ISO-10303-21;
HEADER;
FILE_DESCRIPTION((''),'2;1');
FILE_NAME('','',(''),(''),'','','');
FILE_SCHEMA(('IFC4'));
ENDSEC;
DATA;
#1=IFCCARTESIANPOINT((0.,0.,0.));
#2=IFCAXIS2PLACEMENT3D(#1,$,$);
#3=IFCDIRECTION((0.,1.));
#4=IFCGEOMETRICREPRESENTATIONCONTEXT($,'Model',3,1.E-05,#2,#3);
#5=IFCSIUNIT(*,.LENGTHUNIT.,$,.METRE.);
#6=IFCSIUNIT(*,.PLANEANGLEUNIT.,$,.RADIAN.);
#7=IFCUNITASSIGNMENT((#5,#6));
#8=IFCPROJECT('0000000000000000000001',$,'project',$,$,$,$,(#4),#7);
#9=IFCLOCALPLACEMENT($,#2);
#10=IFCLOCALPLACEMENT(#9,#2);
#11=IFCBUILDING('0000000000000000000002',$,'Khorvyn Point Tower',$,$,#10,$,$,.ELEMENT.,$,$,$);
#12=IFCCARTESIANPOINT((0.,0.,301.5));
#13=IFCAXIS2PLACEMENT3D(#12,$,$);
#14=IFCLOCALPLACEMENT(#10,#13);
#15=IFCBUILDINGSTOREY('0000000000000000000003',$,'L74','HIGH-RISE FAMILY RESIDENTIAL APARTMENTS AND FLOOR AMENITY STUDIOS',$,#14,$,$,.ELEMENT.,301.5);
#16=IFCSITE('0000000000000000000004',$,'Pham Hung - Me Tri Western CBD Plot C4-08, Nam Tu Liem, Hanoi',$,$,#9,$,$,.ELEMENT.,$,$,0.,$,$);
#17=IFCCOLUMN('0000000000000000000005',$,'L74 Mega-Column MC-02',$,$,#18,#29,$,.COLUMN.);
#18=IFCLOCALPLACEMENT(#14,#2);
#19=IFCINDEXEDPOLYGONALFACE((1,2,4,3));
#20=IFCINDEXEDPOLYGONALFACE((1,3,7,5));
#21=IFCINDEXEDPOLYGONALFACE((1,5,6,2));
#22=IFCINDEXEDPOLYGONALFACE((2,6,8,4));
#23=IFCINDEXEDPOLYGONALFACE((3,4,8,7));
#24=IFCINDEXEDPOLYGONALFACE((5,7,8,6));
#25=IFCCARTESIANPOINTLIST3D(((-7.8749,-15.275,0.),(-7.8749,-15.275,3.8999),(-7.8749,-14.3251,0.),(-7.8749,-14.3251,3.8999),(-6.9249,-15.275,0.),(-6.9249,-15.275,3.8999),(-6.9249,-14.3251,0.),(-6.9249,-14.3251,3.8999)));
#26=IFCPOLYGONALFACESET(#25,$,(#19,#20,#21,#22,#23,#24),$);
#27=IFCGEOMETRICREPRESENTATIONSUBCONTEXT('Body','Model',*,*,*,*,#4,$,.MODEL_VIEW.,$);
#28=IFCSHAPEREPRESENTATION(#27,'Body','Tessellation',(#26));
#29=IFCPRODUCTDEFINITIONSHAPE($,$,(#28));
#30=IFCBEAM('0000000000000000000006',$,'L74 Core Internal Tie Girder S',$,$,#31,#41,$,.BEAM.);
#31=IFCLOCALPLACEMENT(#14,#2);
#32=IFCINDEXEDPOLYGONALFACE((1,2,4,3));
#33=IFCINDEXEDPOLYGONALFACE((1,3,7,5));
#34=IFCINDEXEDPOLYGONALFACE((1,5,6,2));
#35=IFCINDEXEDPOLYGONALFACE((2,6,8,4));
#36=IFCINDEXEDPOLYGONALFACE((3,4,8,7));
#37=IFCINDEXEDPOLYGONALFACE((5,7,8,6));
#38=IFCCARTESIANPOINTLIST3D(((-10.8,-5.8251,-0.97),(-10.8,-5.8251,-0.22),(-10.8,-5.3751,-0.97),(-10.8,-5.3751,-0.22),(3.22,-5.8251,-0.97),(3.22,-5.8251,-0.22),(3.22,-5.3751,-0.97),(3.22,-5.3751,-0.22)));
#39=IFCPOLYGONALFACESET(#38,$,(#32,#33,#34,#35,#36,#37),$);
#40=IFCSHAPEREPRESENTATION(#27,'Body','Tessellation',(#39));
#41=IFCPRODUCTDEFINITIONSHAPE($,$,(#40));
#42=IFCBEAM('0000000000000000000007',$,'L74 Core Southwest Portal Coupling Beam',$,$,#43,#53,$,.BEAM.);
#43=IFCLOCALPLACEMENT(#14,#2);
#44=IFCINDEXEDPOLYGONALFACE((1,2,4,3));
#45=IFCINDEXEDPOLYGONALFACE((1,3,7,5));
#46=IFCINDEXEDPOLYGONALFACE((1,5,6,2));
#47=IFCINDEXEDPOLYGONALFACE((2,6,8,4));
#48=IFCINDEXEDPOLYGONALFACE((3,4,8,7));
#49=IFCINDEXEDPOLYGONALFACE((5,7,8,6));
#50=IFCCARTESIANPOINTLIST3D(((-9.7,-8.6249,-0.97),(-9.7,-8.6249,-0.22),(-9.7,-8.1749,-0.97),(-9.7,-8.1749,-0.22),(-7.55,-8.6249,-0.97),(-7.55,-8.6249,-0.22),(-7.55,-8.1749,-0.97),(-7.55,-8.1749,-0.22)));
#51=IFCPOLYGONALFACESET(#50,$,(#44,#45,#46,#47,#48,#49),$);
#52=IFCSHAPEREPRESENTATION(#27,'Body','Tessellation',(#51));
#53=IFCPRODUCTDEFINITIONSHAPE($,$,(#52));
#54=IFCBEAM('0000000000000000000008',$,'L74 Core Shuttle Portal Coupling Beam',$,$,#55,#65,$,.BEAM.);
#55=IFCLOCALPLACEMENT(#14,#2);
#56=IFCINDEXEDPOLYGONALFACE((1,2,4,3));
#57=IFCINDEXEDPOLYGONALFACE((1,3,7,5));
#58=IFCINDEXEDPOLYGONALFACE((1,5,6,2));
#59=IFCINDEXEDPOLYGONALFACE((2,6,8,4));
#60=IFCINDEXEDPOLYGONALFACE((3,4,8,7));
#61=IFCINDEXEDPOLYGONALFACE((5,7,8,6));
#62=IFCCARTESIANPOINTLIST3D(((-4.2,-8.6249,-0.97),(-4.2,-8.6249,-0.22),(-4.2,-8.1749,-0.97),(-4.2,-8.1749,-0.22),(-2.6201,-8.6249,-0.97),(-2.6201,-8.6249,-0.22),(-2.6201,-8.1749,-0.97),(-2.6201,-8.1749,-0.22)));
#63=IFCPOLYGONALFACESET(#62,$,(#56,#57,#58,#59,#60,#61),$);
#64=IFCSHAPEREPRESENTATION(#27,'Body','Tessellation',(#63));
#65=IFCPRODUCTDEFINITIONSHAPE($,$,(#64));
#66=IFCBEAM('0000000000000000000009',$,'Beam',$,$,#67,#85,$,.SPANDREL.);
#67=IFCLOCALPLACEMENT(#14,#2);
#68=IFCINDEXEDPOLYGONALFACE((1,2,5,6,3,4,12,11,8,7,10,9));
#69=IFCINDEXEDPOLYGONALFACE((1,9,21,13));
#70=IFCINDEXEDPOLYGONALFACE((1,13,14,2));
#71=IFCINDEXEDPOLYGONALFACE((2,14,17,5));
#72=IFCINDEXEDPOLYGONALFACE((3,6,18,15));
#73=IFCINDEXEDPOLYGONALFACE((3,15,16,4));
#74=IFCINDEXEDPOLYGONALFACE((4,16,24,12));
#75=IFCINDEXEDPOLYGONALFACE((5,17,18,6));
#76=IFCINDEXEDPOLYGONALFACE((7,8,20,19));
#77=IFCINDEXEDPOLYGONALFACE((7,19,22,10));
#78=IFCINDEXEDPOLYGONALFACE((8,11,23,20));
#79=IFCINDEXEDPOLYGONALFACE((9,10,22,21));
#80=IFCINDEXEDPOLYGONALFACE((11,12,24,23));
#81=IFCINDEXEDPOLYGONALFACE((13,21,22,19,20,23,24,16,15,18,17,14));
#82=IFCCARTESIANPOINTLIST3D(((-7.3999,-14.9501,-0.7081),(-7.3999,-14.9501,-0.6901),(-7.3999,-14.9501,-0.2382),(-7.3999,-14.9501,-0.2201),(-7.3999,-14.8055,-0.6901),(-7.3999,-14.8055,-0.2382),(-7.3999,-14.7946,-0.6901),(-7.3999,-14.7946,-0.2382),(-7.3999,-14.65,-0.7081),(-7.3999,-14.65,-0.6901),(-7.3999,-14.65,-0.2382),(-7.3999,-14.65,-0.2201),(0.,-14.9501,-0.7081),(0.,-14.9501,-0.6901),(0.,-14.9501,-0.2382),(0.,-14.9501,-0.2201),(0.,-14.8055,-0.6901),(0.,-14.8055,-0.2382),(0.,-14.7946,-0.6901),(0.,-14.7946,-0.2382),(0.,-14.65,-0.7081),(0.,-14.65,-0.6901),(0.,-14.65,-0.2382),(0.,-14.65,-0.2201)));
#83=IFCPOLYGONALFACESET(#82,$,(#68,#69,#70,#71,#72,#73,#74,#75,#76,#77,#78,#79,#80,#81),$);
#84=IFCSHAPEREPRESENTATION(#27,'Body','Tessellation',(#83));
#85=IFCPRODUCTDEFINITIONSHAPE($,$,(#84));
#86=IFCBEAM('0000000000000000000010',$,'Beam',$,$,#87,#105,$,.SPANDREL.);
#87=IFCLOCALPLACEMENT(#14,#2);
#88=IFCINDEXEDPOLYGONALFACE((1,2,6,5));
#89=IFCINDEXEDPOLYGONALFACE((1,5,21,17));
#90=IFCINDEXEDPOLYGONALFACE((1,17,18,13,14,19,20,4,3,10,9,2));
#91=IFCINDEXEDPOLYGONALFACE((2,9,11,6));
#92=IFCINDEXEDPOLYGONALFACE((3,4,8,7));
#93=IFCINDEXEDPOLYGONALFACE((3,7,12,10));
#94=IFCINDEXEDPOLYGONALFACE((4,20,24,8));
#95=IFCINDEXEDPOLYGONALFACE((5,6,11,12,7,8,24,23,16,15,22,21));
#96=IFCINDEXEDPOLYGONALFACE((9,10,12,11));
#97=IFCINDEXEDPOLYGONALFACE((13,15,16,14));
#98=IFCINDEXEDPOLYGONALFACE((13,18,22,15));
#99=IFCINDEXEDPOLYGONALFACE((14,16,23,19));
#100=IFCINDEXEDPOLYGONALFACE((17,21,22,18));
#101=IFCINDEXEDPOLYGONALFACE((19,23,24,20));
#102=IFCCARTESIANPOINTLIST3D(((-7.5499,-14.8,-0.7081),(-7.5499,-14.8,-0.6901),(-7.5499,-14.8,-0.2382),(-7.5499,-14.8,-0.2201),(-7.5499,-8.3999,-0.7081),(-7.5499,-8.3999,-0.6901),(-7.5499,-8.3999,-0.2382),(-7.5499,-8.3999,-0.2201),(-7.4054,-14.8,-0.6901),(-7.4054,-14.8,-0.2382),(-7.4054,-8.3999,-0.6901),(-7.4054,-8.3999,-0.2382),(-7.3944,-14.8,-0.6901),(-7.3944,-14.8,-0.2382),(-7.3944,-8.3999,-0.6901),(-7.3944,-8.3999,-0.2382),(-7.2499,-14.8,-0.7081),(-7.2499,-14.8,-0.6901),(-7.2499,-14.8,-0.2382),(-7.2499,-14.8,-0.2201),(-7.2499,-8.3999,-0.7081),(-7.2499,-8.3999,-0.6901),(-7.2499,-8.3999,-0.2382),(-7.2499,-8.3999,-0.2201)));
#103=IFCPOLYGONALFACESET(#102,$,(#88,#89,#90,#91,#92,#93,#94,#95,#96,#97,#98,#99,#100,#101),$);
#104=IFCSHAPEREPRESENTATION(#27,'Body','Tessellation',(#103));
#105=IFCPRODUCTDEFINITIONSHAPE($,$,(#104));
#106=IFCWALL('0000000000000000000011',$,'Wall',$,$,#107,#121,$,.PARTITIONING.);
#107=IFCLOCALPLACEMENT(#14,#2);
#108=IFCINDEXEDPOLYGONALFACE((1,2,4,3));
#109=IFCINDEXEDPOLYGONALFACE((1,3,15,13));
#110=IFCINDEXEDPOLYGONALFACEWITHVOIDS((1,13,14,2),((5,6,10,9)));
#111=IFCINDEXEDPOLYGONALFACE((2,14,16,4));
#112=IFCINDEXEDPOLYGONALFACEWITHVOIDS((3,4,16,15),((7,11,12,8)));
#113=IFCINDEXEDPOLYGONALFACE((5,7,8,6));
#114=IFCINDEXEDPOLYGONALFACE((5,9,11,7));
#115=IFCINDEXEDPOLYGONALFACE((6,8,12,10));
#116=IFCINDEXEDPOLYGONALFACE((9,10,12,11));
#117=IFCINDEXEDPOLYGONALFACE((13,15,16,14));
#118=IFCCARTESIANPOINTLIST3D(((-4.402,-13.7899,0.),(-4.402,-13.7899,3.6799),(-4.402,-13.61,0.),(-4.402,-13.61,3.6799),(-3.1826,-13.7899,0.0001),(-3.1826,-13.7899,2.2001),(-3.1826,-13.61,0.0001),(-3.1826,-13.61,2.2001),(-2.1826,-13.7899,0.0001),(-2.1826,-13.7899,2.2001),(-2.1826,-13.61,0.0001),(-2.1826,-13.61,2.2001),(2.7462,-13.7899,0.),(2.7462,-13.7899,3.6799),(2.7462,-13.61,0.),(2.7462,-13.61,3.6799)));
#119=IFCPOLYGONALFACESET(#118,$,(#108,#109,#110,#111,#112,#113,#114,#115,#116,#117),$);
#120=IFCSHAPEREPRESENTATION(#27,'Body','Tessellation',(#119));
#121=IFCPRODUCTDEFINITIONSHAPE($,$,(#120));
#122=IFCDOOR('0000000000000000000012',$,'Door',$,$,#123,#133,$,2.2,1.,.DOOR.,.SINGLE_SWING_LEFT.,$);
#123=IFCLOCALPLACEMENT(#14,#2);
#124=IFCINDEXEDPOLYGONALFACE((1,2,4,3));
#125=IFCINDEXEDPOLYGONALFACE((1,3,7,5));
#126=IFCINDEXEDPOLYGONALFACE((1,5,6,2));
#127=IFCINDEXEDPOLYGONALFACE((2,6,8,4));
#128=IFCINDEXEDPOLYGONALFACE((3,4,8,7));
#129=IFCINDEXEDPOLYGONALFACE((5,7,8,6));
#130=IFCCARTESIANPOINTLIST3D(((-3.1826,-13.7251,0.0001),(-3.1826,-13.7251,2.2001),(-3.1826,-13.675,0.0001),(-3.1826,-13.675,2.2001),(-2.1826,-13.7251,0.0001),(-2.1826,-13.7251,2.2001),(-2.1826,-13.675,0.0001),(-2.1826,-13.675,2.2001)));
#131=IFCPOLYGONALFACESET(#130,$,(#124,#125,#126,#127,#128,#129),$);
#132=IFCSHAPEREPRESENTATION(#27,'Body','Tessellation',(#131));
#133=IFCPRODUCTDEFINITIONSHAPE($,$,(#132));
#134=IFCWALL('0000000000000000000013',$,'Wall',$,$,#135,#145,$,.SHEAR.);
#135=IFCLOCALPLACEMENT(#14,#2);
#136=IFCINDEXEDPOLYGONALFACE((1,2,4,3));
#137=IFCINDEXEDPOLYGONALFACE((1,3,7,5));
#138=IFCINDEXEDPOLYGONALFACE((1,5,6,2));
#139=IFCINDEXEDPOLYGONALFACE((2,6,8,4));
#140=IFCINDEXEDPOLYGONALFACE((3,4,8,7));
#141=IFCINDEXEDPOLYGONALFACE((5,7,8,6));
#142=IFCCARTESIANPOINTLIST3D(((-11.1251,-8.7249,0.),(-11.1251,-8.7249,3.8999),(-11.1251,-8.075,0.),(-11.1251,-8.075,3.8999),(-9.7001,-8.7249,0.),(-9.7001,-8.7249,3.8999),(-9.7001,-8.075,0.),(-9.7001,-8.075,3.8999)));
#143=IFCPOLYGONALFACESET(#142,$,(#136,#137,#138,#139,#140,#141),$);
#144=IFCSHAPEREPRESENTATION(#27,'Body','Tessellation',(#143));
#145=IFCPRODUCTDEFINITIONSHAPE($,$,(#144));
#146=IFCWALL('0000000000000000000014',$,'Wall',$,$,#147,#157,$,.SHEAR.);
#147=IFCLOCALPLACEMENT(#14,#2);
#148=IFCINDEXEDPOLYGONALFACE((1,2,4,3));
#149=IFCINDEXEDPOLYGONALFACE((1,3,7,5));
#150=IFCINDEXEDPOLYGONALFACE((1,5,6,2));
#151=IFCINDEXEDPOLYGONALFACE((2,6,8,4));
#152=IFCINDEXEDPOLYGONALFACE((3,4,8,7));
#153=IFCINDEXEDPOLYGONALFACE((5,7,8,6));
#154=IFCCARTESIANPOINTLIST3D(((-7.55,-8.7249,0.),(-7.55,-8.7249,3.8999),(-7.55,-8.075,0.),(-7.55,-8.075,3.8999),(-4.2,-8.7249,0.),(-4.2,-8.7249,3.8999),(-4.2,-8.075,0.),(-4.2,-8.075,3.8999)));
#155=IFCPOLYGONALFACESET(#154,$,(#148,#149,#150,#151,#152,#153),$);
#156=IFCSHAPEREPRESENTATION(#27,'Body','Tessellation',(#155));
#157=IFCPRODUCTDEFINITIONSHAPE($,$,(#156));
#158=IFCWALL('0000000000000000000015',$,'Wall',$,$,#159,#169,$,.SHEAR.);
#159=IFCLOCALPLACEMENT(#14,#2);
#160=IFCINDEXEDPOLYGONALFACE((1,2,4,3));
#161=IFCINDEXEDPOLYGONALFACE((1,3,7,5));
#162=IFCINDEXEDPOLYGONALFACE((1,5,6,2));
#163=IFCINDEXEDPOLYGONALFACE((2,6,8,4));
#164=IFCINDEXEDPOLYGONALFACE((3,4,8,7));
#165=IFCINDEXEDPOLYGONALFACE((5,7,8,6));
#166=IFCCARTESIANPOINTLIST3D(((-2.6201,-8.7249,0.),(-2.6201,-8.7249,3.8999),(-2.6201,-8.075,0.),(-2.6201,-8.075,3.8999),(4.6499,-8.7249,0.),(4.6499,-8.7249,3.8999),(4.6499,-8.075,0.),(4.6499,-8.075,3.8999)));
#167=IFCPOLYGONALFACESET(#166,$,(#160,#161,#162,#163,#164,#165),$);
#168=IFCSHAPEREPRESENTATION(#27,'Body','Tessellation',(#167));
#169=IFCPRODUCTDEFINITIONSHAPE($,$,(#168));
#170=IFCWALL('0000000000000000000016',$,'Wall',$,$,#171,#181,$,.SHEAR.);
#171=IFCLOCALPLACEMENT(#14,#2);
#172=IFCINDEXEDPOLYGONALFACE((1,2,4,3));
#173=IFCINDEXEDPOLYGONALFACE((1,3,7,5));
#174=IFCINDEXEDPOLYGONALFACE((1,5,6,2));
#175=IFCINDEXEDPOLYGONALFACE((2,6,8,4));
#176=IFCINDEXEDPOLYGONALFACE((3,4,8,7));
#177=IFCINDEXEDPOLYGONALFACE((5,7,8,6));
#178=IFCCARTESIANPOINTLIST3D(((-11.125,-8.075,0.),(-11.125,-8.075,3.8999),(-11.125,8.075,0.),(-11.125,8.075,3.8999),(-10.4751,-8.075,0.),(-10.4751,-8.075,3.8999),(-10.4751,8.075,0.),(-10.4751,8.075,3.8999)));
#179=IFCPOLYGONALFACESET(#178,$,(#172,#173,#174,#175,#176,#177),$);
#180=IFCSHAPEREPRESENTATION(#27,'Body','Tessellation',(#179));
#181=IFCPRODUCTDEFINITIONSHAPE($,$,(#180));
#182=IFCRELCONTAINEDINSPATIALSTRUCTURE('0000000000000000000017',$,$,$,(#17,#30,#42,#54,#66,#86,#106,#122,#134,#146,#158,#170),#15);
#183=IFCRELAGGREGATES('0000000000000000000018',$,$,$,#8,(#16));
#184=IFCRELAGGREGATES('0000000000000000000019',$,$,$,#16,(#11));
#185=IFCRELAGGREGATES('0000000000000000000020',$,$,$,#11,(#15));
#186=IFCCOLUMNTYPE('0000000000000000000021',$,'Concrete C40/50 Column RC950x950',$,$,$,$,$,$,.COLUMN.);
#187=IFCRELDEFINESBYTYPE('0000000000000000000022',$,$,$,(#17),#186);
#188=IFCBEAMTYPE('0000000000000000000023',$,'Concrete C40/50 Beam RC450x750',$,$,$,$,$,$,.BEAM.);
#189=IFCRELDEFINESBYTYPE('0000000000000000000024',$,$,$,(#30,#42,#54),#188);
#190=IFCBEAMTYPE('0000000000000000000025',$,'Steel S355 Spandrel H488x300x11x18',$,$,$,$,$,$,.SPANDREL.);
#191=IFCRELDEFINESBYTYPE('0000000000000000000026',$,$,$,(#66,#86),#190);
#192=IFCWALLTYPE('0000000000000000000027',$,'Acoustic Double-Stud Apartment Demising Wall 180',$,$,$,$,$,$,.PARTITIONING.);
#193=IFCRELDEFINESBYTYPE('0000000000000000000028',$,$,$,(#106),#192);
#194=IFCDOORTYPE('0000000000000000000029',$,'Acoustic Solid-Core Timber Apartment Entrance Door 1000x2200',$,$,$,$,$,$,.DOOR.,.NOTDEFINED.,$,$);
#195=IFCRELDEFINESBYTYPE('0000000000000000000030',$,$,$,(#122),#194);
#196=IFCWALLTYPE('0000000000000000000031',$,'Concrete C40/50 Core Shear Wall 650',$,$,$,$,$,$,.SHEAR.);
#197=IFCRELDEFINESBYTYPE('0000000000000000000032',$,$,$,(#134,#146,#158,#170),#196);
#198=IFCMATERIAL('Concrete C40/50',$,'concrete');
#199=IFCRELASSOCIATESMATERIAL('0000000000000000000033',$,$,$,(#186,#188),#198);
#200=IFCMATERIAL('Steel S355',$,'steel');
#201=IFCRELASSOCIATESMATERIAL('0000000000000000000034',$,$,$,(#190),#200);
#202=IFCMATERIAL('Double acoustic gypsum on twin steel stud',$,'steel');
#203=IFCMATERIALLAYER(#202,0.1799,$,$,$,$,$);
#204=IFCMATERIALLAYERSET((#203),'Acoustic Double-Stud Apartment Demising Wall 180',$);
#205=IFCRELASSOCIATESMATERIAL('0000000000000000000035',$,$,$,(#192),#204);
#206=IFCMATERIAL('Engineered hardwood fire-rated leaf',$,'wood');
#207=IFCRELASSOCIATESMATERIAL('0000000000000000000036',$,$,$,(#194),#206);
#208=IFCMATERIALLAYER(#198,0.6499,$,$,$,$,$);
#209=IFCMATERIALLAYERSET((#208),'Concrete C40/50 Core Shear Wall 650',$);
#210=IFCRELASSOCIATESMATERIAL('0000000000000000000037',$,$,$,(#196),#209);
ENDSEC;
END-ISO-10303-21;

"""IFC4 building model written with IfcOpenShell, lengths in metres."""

from ifc_helpers import new_model, si_unit, direction, frame, frame_2d, origin, origin_2d, place, context, subcontext, project, spatial, rectangle, i_section, extrude, material, layer, layer_set, material_profile, profile_set, type_object, element, fill, save


model = new_model("IFC4")

# Units and contexts
model_context = context("Model", 3, precision=1e-05, world=origin(), true_north=direction((0.0, 1.0)))
body_context = subcontext(model_context, "Body", "Model", "MODEL_VIEW")
ifc_project = project(units=[si_unit("LENGTHUNIT", "METRE"), si_unit("PLANEANGLEUNIT", "RADIAN")], contexts=[model_context])

# Site, building, storey
site_placement = place(None, origin())
site = spatial("IfcSite", under=ifc_project, at=site_placement, Name="Pham Hung - Me Tri Western CBD Plot C4-08, Nam Tu Liem, Hanoi", CompositionType="ELEMENT", RefElevation=0.0)
building_placement = place(site_placement, origin())
building = spatial("IfcBuilding", under=site, at=building_placement, Name="Khorvyn Point Tower", CompositionType="ELEMENT")
storey_placement = place(building_placement, frame((0.0, 0.0, 301.5)))
storey = spatial("IfcBuildingStorey", under=building, at=storey_placement, Name="L74", Description="HIGH-RISE FAMILY RESIDENTIAL APARTMENTS AND FLOOR AMENITY STUDIOS", CompositionType="ELEMENT", Elevation=301.5)

# Column
ifc_material_1 = material(Name="Concrete C40/50", Category="concrete")
ifc_material_profile_1 = material_profile(ifc_material_1, rectangle(XDim=0.95, YDim=0.95, at=origin_2d()))
ifc_profile_set_1 = profile_set([ifc_material_profile_1], Name="Concrete C40/50 RC950x950")
column_type = type_object("IfcColumnType", Name="Concrete C40/50 Column RC950x950", PredefinedType="COLUMN", material=ifc_profile_set_1)
column_placement = place(storey_placement, frame((-7.3999, -14.8, 0.0), z_axis=(0.0, 0.0, 1.0), x_axis=(1.0, 0.0, 0.0)))
element("IfcColumn", 1, at=column_placement, inside=storey, type_object=column_type, Name="L74 Mega-Column MC-02", PredefinedType="COLUMN", context=body_context, shape_type="SweptSolid", body=[
    extrude(rectangle(XDim=0.95, YDim=0.95, at=origin_2d()), origin(), (0.0, 0.0, 1.0), 3.8999),
])

# Beams
ifc_material_profile_2 = material_profile(ifc_material_1, rectangle(XDim=0.45, YDim=0.75, at=origin_2d()))
ifc_profile_set_2 = profile_set([ifc_material_profile_2], Name="Concrete C40/50 RC450x750")
beam_type_1 = type_object("IfcBeamType", Name="Concrete C40/50 Beam RC450x750", PredefinedType="BEAM", material=ifc_profile_set_2)
beam_1_placement = place(storey_placement, frame((-10.8, -5.6001, -0.595), z_axis=(1.0, 0.0, 0.0), x_axis=(0.0, 1.0, 0.0)))
element("IfcBeam", 2, at=beam_1_placement, inside=storey, type_object=beam_type_1, Name="L74 Core Internal Tie Girder S", PredefinedType="BEAM", context=body_context, shape_type="SweptSolid", body=[
    extrude(rectangle(XDim=0.45, YDim=0.75, at=origin_2d()), origin(), (0.0, 0.0, 1.0), 14.02),
])
beam_2_placement = place(storey_placement, frame((-9.7, -8.3999, -0.595), z_axis=(1.0, 0.0, 0.0), x_axis=(0.0, 1.0, 0.0)))
element("IfcBeam", 3, at=beam_2_placement, inside=storey, type_object=beam_type_1, Name="L74 Core Southwest Portal Coupling Beam", PredefinedType="BEAM", context=body_context, shape_type="SweptSolid", body=[
    extrude(rectangle(XDim=0.45, YDim=0.75, at=origin_2d()), origin(), (0.0, 0.0, 1.0), 2.1499),
])
beam_3_placement = place(storey_placement, frame((-4.2, -8.3999, -0.595), z_axis=(1.0, 0.0, 0.0), x_axis=(0.0, 1.0, 0.0)))
element("IfcBeam", 4, at=beam_3_placement, inside=storey, type_object=beam_type_1, Name="L74 Core Shuttle Portal Coupling Beam", PredefinedType="BEAM", context=body_context, shape_type="SweptSolid", body=[
    extrude(rectangle(XDim=0.45, YDim=0.75, at=origin_2d()), origin(), (0.0, 0.0, 1.0), 1.5798),
])
ifc_material_2 = material(Name="Steel S355", Category="steel")
ifc_material_profile_3 = material_profile(ifc_material_2, i_section(OverallWidth=0.3, OverallDepth=0.488, WebThickness=0.011, FlangeThickness=0.0181, at=origin_2d()))
ifc_profile_set_3 = profile_set([ifc_material_profile_3], Name="Steel S355 H488x300x11x18")
beam_type_2 = type_object("IfcBeamType", Name="Steel S355 Spandrel H488x300x11x18", PredefinedType="SPANDREL", material=ifc_profile_set_3)
beam_4_placement = place(storey_placement, frame((-7.3999, -14.8, -0.4641), z_axis=(1.0, 0.0, 0.0), x_axis=(0.0, 1.0, 0.0)))
element("IfcBeam", 5, at=beam_4_placement, inside=storey, type_object=beam_type_2, Name="Beam", PredefinedType="SPANDREL", context=body_context, shape_type="SweptSolid", body=[
    extrude(i_section(OverallWidth=0.3, OverallDepth=0.488, WebThickness=0.011, FlangeThickness=0.0181, at=origin_2d()), origin(), (0.0, 0.0, 1.0), 7.3999),
])
beam_5_placement = place(storey_placement, frame((-7.3999, -14.8, -0.4641), z_axis=(0.0, 1.0, 0.0), x_axis=(-1.0, 0.0, 0.0)))
element("IfcBeam", 6, at=beam_5_placement, inside=storey, type_object=beam_type_2, Name="Beam", PredefinedType="SPANDREL", context=body_context, shape_type="SweptSolid", body=[
    extrude(i_section(OverallWidth=0.3, OverallDepth=0.488, WebThickness=0.011, FlangeThickness=0.0181, at=origin_2d()), origin(), (0.0, 0.0, 1.0), 6.4001),
])

# Wall, opening, door
ifc_material_3 = material(Name="Double acoustic gypsum on twin steel stud", Category="steel")
ifc_layer_1 = layer(ifc_material_3, 0.1799)
ifc_layer_set_1 = layer_set([ifc_layer_1], Name="Acoustic Double-Stud Apartment Demising Wall 180")
wall_type_1 = type_object("IfcWallType", Name="Acoustic Double-Stud Apartment Demising Wall 180", PredefinedType="PARTITIONING", material=ifc_layer_set_1)
wall_1_placement = place(storey_placement, frame((-4.4021, -13.7, 0.0), z_axis=(0.0, 0.0, 1.0), x_axis=(1.0, 0.0, 0.0)))
wall_1 = element("IfcWall", 7, at=wall_1_placement, inside=storey, type_object=wall_type_1, Name="Wall", PredefinedType="PARTITIONING", context=body_context, shape_type="SweptSolid", body=[
    extrude(rectangle(XDim=7.1482, YDim=0.1799, at=frame_2d((3.5742, 0.0))), origin(), (0.0, 0.0, 1.0), 3.6799),
])
opening_1_placement = place(wall_1_placement, frame((1.2195, 0.0, 0.0)))
opening_1 = element("IfcOpeningElement", 8, at=opening_1_placement, cuts=wall_1, PredefinedType="OPENING", context=body_context, shape_type="SweptSolid", body=[
    extrude(rectangle(XDim=1.0, YDim=2.2, at=frame_2d((0.5, 1.1001))), frame((0.0, 0.0999, 0.0), z_axis=(0.0, -1.0, 0.0), x_axis=(1.0, 0.0, 0.0)), (0.0, 0.0, 1.0), 0.2),
])
ifc_material_4 = material(Name="Engineered hardwood fire-rated leaf", Category="wood")
door_type_1 = type_object("IfcDoorType", Name="Acoustic Solid-Core Timber Apartment Entrance Door 1000x2200", OperationType="NOTDEFINED", PredefinedType="DOOR", material=ifc_material_4)
door_1_placement = place(opening_1_placement, origin())
door_1 = element("IfcDoor", 9, at=door_1_placement, inside=storey, type_object=door_type_1, Name="Door", OperationType="SINGLE_SWING_LEFT", OverallHeight=2.2, OverallWidth=1.0, PredefinedType="DOOR", context=body_context, shape_type="SweptSolid", body=[
    extrude(rectangle(XDim=1.0, YDim=2.2, at=frame_2d((0.5, 1.1001))), frame((0.0, 0.0249, 0.0), z_axis=(0.0, -1.0, 0.0), x_axis=(1.0, 0.0, 0.0)), (0.0, 0.0, 1.0), 0.05),
])
fill(opening_1, door_1)

# Walls
ifc_layer_2 = layer(ifc_material_1, 0.6499)
ifc_layer_set_2 = layer_set([ifc_layer_2], Name="Concrete C40/50 Core Shear Wall 650")
wall_type_2 = type_object("IfcWallType", Name="Concrete C40/50 Core Shear Wall 650", PredefinedType="SHEAR", material=ifc_layer_set_2)
wall_2_placement = place(storey_placement, frame((-11.125, -8.3999, 0.0), z_axis=(0.0, 0.0, 1.0), x_axis=(1.0, 0.0, 0.0)))
element("IfcWall", 10, at=wall_2_placement, inside=storey, type_object=wall_type_2, Name="Wall", PredefinedType="SHEAR", context=body_context, shape_type="SweptSolid", body=[
    extrude(rectangle(XDim=1.425, YDim=0.6499, at=frame_2d((0.7124, 0.0))), origin(), (0.0, 0.0, 1.0), 3.8999),
])
wall_3_placement = place(storey_placement, frame((-7.55, -8.3999, 0.0), z_axis=(0.0, 0.0, 1.0), x_axis=(1.0, 0.0, 0.0)))
element("IfcWall", 11, at=wall_3_placement, inside=storey, type_object=wall_type_2, Name="Wall", PredefinedType="SHEAR", context=body_context, shape_type="SweptSolid", body=[
    extrude(rectangle(XDim=3.3501, YDim=0.6499, at=frame_2d((1.675, 0.0))), origin(), (0.0, 0.0, 1.0), 3.8999),
])
wall_4_placement = place(storey_placement, frame((-2.6201, -8.3999, 0.0), z_axis=(0.0, 0.0, 1.0), x_axis=(1.0, 0.0, 0.0)))
element("IfcWall", 12, at=wall_4_placement, inside=storey, type_object=wall_type_2, Name="Wall", PredefinedType="SHEAR", context=body_context, shape_type="SweptSolid", body=[
    extrude(rectangle(XDim=7.27, YDim=0.6499, at=frame_2d((3.635, 0.0))), origin(), (0.0, 0.0, 1.0), 3.8999),
])
wall_5_placement = place(storey_placement, frame((-10.8, -8.075, 0.0), z_axis=(0.0, 0.0, 1.0), x_axis=(0.0, 1.0, 0.0)))
element("IfcWall", 13, at=wall_5_placement, inside=storey, type_object=wall_type_2, Name="Wall", PredefinedType="SHEAR", context=body_context, shape_type="SweptSolid", body=[
    extrude(rectangle(XDim=16.1499, YDim=0.6499, at=frame_2d((8.075, 0.0))), origin(), (0.0, 0.0, 1.0), 3.8999),
])

save(model, "model.ifc")
